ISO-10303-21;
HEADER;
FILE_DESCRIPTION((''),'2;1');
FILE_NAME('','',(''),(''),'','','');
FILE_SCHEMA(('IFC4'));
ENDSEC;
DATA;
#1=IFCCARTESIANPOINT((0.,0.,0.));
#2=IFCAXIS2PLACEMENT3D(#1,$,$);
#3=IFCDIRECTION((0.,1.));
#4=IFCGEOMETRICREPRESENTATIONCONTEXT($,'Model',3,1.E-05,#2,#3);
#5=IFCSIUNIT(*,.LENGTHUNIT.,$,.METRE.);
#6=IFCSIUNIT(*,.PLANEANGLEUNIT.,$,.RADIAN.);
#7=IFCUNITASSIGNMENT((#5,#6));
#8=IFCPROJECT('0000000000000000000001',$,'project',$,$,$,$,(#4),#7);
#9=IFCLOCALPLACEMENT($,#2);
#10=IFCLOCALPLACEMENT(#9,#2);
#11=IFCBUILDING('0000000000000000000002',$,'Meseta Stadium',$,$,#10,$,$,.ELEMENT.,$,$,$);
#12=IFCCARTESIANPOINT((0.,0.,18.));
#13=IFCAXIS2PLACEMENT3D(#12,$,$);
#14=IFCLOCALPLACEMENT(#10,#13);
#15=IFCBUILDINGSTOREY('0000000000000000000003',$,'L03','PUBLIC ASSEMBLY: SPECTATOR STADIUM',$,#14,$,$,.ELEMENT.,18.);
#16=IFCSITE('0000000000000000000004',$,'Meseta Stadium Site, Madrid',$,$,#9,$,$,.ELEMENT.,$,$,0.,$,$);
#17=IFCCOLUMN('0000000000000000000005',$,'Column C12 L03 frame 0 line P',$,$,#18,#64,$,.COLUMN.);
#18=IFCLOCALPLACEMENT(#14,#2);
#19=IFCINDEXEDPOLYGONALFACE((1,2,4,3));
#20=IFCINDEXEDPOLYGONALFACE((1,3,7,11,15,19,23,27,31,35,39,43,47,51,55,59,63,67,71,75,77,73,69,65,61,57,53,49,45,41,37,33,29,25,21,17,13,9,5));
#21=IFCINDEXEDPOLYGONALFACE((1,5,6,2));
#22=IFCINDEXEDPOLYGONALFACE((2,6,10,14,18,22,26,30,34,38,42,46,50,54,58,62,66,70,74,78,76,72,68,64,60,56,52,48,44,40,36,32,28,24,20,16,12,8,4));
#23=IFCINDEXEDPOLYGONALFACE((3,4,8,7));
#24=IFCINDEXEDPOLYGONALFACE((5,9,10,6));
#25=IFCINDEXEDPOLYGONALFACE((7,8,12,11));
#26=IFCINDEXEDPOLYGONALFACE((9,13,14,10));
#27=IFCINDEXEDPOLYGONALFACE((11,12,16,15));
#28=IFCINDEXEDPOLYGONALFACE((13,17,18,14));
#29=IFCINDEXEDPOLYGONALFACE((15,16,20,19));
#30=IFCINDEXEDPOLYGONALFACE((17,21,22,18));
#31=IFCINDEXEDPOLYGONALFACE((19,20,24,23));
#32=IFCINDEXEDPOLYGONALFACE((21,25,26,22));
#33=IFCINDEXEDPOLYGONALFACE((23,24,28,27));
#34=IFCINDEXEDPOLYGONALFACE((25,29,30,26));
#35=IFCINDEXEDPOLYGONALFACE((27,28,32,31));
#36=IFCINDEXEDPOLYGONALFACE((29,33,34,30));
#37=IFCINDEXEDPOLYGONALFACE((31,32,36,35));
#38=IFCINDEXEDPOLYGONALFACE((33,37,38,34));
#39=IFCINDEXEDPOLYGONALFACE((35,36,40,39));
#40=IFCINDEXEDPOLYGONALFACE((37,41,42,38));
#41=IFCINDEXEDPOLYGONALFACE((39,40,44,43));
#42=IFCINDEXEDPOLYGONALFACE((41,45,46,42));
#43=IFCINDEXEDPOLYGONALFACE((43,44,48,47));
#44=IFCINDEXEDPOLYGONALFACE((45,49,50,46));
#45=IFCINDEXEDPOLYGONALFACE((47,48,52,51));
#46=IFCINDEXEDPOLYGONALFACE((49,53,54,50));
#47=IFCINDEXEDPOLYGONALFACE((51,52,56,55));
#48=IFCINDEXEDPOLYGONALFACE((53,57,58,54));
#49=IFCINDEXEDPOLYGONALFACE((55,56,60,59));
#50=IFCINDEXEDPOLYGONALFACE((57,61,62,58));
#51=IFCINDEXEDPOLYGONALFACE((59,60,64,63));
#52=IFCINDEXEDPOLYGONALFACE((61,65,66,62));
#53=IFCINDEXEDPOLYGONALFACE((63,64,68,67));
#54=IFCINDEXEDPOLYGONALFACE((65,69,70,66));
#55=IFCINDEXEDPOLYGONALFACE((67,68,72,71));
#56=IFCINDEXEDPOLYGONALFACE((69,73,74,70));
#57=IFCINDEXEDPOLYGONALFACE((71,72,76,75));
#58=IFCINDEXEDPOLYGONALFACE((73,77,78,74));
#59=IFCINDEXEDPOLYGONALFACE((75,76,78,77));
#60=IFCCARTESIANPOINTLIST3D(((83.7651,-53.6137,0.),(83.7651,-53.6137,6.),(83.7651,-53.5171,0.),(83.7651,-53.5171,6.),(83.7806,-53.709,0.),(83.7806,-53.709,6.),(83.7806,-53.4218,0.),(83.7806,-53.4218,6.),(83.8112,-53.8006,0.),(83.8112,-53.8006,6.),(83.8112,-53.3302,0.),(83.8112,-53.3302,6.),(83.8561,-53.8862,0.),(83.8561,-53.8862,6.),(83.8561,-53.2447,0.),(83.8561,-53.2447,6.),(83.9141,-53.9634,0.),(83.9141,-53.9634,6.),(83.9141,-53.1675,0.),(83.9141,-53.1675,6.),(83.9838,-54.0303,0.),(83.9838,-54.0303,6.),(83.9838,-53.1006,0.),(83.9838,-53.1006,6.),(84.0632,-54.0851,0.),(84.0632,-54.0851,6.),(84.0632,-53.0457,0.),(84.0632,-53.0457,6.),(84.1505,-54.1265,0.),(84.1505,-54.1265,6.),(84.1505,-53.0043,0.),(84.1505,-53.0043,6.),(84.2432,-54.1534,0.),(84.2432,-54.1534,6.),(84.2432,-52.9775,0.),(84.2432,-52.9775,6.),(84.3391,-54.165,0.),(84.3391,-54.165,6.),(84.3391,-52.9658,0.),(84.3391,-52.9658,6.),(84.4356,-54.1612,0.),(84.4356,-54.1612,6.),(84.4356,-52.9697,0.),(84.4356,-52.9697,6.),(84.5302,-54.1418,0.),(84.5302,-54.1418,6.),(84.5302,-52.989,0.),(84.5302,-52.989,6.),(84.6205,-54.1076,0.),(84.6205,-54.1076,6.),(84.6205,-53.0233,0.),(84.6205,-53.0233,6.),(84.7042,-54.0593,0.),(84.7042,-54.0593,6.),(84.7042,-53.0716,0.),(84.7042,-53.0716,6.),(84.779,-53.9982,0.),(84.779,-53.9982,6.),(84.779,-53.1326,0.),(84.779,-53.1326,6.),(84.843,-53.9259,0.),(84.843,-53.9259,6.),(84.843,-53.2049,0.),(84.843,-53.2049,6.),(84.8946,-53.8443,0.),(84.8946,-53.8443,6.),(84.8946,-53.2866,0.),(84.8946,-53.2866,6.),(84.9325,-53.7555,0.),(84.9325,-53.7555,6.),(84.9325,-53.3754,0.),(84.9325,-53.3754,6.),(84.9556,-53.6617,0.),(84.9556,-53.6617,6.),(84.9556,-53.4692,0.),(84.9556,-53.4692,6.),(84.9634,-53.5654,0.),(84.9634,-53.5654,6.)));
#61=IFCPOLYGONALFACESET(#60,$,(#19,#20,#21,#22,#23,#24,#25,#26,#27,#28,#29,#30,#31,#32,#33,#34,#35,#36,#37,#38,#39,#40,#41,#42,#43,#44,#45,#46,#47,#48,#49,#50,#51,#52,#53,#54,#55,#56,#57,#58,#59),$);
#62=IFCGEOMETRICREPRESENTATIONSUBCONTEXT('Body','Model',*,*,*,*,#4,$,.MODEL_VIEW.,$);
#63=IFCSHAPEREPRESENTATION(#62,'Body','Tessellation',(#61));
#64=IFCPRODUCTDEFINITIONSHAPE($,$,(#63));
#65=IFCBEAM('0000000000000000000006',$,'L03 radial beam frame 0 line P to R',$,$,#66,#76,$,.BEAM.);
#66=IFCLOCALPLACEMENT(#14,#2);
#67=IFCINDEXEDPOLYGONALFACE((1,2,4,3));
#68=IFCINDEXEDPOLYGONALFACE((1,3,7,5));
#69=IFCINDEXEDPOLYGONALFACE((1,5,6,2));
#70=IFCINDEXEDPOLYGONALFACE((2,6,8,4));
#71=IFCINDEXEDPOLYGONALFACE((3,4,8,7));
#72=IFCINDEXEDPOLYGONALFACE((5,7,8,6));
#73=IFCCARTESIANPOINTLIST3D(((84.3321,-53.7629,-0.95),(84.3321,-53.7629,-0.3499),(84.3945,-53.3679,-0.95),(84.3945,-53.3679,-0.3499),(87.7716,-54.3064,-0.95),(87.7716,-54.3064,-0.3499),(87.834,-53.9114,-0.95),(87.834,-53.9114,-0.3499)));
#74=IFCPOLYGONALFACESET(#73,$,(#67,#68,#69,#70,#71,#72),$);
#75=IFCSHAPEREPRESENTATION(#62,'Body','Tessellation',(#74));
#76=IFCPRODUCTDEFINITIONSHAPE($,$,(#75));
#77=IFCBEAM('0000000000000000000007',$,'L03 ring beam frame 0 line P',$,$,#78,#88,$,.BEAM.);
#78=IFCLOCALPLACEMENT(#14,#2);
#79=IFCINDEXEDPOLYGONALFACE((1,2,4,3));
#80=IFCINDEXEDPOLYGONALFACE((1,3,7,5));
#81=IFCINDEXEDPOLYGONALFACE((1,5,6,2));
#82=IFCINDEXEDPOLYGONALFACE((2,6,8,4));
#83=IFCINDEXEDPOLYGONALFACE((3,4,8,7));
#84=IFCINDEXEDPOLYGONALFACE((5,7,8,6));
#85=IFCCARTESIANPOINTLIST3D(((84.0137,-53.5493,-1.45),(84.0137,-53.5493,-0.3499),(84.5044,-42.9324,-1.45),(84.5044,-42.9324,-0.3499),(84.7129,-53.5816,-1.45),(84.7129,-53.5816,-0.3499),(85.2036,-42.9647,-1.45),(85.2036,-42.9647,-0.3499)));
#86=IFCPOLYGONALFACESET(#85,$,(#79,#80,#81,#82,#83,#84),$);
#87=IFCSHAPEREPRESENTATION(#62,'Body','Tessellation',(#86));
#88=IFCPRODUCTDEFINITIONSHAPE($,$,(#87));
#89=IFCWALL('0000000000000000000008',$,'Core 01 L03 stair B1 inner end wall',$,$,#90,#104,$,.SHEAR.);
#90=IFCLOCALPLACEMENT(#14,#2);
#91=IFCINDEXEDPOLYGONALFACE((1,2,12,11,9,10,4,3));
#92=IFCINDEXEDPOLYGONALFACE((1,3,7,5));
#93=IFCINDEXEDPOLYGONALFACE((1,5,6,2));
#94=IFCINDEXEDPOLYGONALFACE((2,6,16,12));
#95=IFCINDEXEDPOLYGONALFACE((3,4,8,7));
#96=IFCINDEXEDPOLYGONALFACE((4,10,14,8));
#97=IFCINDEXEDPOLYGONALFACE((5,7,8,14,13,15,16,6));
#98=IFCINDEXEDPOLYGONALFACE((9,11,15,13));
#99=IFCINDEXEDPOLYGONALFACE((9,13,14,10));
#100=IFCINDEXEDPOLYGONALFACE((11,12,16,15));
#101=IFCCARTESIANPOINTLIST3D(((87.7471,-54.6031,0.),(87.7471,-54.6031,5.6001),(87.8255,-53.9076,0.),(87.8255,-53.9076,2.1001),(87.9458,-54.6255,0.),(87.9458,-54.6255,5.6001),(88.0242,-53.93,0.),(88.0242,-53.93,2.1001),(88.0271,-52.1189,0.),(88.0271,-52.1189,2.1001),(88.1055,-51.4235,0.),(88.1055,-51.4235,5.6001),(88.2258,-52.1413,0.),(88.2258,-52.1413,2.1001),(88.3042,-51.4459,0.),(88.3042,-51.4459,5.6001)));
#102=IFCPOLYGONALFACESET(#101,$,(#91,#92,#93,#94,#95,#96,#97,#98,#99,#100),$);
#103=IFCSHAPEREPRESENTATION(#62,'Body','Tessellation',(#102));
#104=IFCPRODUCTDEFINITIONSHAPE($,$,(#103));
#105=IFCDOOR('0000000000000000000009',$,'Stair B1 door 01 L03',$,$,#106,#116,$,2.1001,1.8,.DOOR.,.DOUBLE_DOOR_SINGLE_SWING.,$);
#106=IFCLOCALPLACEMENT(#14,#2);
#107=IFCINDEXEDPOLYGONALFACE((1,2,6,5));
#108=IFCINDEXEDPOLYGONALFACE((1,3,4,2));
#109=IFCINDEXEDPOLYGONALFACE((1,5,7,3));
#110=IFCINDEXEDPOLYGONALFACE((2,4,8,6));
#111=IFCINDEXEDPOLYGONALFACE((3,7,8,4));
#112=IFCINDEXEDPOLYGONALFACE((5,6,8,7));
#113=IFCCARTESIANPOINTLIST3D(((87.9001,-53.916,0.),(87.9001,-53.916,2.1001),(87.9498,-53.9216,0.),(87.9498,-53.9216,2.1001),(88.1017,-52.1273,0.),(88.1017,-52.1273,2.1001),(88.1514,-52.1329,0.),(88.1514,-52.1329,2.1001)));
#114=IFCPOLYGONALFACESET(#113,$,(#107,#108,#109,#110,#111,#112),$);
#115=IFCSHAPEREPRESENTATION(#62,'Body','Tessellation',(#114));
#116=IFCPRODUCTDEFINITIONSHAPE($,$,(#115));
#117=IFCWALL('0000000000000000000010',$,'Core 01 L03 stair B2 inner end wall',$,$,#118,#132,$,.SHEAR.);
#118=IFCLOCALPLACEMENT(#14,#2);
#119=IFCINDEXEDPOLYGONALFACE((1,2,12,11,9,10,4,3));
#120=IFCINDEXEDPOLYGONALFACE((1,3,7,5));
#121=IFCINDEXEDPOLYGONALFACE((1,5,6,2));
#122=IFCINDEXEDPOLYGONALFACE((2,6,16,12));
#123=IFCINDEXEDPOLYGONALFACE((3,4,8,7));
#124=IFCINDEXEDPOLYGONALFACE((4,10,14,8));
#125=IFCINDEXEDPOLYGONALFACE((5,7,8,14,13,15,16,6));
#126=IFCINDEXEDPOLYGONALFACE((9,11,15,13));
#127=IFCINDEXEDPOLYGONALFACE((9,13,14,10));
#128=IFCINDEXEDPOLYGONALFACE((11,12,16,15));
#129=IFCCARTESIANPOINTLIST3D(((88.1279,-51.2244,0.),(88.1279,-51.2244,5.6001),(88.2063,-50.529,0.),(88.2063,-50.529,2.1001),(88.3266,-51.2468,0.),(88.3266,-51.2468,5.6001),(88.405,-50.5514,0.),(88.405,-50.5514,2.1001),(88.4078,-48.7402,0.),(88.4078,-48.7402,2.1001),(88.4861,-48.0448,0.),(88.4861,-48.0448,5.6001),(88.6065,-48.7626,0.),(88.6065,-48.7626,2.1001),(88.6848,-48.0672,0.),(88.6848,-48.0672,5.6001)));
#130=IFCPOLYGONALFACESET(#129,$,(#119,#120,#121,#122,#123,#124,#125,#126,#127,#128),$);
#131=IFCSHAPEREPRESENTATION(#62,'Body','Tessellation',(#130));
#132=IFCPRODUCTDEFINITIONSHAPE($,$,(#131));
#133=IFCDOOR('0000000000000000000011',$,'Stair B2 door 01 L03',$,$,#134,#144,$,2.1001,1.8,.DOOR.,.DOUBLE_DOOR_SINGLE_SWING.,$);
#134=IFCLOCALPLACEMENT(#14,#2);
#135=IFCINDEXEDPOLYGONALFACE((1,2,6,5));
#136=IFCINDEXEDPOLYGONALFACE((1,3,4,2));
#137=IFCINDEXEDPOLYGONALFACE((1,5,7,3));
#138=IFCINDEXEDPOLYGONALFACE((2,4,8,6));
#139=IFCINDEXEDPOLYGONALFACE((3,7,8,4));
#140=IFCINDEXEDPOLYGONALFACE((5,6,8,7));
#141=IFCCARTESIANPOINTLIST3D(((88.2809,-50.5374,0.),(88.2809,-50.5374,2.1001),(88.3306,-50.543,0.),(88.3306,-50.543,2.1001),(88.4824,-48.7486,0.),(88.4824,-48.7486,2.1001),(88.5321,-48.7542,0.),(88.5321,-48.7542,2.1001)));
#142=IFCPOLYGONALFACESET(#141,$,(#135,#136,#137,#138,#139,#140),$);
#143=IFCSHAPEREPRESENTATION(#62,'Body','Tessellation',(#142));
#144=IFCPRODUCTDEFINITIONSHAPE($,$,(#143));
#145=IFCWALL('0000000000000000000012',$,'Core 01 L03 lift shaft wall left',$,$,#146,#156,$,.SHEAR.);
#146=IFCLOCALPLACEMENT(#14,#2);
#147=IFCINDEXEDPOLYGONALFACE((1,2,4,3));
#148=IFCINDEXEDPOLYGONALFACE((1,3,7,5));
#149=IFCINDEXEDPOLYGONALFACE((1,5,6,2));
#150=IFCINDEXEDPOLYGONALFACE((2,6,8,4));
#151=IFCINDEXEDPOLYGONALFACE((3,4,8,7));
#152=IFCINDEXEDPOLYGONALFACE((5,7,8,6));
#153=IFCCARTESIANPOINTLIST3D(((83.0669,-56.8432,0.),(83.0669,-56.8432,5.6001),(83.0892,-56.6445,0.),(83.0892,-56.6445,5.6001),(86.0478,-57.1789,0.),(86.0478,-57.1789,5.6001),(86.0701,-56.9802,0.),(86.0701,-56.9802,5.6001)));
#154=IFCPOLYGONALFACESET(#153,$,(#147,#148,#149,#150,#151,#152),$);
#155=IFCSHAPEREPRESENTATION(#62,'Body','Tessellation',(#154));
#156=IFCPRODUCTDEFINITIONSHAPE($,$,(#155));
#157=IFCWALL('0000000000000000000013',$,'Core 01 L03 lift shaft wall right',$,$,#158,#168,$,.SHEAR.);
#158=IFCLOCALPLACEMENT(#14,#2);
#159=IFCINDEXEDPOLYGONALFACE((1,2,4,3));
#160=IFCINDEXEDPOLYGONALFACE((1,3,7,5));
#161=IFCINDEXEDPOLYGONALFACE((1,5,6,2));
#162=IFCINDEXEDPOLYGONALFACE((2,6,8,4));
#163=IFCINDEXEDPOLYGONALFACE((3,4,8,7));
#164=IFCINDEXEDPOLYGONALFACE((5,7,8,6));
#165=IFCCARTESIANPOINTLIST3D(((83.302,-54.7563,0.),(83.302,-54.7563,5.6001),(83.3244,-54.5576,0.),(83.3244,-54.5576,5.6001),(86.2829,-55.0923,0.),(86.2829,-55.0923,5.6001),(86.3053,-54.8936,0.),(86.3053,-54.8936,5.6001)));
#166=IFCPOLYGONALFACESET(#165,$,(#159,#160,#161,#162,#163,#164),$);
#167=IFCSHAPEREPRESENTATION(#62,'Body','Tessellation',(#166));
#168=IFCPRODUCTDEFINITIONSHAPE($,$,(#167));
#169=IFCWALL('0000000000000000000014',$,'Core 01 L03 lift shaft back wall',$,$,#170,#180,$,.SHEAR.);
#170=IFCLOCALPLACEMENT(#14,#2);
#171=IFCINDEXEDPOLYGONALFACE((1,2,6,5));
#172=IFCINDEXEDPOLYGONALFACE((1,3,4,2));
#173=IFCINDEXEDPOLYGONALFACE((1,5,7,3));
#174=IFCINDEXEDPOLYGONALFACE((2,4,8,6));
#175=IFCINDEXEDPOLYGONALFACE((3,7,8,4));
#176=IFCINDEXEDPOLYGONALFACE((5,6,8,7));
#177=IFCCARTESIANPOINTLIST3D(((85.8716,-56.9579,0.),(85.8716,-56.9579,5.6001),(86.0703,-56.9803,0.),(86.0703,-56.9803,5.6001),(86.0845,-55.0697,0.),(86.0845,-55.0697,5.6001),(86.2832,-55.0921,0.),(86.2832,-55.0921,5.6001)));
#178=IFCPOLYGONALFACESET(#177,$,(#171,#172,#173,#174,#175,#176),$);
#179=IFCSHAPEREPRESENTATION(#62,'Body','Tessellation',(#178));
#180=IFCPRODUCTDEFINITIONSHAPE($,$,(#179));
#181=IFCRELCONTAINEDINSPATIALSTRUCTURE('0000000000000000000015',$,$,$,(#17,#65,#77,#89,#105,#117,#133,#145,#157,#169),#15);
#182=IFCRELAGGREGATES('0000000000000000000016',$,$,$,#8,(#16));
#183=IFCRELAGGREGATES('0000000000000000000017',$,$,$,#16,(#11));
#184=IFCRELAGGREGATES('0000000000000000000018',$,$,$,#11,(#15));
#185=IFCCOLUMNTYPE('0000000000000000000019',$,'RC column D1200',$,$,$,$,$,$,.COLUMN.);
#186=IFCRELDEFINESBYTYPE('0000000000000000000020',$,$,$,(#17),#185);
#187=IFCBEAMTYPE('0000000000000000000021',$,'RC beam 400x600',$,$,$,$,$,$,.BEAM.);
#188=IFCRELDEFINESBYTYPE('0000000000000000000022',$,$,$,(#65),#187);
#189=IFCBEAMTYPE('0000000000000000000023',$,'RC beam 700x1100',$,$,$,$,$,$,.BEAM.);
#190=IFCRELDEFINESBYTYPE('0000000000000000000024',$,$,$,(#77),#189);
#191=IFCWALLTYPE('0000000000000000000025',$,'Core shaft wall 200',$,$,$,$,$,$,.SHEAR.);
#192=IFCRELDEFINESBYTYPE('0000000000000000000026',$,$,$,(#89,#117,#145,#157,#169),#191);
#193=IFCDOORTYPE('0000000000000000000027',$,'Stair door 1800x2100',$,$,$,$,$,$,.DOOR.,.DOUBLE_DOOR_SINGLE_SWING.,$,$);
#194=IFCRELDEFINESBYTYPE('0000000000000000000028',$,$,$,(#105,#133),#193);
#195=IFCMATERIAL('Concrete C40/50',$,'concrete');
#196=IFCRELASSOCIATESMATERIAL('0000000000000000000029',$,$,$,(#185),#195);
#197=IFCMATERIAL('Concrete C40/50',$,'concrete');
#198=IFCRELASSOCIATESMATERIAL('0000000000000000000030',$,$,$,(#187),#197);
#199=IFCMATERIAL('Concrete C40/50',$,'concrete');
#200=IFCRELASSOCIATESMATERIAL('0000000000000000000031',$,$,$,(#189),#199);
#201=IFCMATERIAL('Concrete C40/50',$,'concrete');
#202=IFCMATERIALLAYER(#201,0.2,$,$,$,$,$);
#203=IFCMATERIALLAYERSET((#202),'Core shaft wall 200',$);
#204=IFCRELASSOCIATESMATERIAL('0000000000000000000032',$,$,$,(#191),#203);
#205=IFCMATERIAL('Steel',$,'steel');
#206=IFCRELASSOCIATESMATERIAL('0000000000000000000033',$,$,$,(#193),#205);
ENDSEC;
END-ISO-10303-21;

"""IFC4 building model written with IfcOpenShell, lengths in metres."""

from ifc_helpers import new_model, si_unit, direction, frame, frame_2d, origin, origin_2d, place, context, subcontext, project, spatial, rectangle, circle, extrude, material, layer, layer_set, material_profile, profile_set, type_object, element, fill, save


model = new_model("IFC4")

# Units and contexts
model_context = context("Model", 3, precision=1e-05, world=origin(), true_north=direction((0.0, 1.0)))
body_context = subcontext(model_context, "Body", "Model", "MODEL_VIEW")
ifc_project = project(units=[si_unit("LENGTHUNIT", "METRE"), si_unit("PLANEANGLEUNIT", "RADIAN")], contexts=[model_context])

# Site, building, storey
site_placement = place(None, origin())
site = spatial("IfcSite", under=ifc_project, at=site_placement, Name="Meseta Stadium Site, Madrid", CompositionType="ELEMENT", RefElevation=0.0)
building_placement = place(site_placement, origin())
building = spatial("IfcBuilding", under=site, at=building_placement, Name="Meseta Stadium", CompositionType="ELEMENT")
storey_placement = place(building_placement, frame((0.0, 0.0, 18.0)))
storey = spatial("IfcBuildingStorey", under=building, at=storey_placement, Name="L03", Description="PUBLIC ASSEMBLY: SPECTATOR STADIUM", CompositionType="ELEMENT", Elevation=18.0)

# Column
ifc_material_1 = material(Name="Concrete C40/50", Category="concrete")
ifc_material_profile_1 = material_profile(ifc_material_1, circle(Radius=0.6001, at=origin_2d()), Name="RC D1200")
ifc_profile_set_1 = profile_set([ifc_material_profile_1], Name="Concrete C40/50")
column_type = type_object("IfcColumnType", Name="RC column D1200", PredefinedType="COLUMN", material=ifc_profile_set_1)
column_placement = place(storey_placement, frame((84.3633, -53.5654, 0.0), z_axis=(0.0, 0.0, 1.0), x_axis=(1.0, 0.0, 0.0)))
element("IfcColumn", 1, at=column_placement, inside=storey, type_object=column_type, Name="Column C12 L03 frame 0 line P", PredefinedType="COLUMN", context=body_context, shape_type="SweptSolid", body=[
    extrude(circle(Radius=0.6001, at=origin_2d()), origin(), (0.0, 0.0, 1.0), 6.0),
])

# Beams
ifc_material_2 = material(Name="Concrete C40/50", Category="concrete")
ifc_material_profile_2 = material_profile(ifc_material_2, rectangle(XDim=0.3999, YDim=0.6001, at=origin_2d()), Name="RC 400x600")
ifc_profile_set_2 = profile_set([ifc_material_profile_2], Name="Concrete C40/50")
beam_type_1 = type_object("IfcBeamType", Name="RC beam 400x600", PredefinedType="BEAM", material=ifc_profile_set_2)
beam_1_placement = place(storey_placement, frame((84.3633, -53.5654, -0.6499), z_axis=(0.987746, -0.156071, 0.0), x_axis=(0.156071, 0.987746, 0.0)))
element("IfcBeam", 2, at=beam_1_placement, inside=storey, type_object=beam_type_1, Name="L03 radial beam frame 0 line P to R", PredefinedType="BEAM", context=body_context, shape_type="SweptSolid", body=[
    extrude(rectangle(XDim=0.3999, YDim=0.6001, at=origin_2d()), origin(), (0.0, 0.0, 1.0), 3.4822),
])
ifc_material_3 = material(Name="Concrete C40/50", Category="concrete")
ifc_material_profile_3 = material_profile(ifc_material_3, rectangle(XDim=0.7, YDim=1.1001, at=origin_2d()), Name="RC 700x1100")
ifc_profile_set_3 = profile_set([ifc_material_profile_3], Name="Concrete C40/50")
beam_type_2 = type_object("IfcBeamType", Name="RC beam 700x1100", PredefinedType="BEAM", material=ifc_profile_set_3)
beam_2_placement = place(storey_placement, frame((84.3633, -53.5654, -0.8999), z_axis=(0.046171, 0.998934, 0.0), x_axis=(-0.998934, 0.046171, 0.0)))
element("IfcBeam", 3, at=beam_2_placement, inside=storey, type_object=beam_type_2, Name="L03 ring beam frame 0 line P", PredefinedType="BEAM", context=body_context, shape_type="SweptSolid", body=[
    extrude(rectangle(XDim=0.7, YDim=1.1001, at=origin_2d()), origin(), (0.0, 0.0, 1.0), 10.6282),
])

# Walls, openings, doors
ifc_material_4 = material(Name="Concrete C40/50", Category="concrete")
ifc_layer_1 = layer(ifc_material_4, 0.2)
ifc_layer_set_1 = layer_set([ifc_layer_1], Name="Core shaft wall 200")
wall_type_1 = type_object("IfcWallType", Name="Core shaft wall 200", PredefinedType="SHEAR", material=ifc_layer_set_1)
wall_1_placement = place(storey_placement, frame((87.8464, -54.6143, 0.0), z_axis=(0.0, 0.0, 1.0), x_axis=(0.112006, 0.993708, 0.0)))
wall_1 = element("IfcWall", 4, at=wall_1_placement, inside=storey, type_object=wall_type_1, Name="Core 01 L03 stair B1 inner end wall", PredefinedType="SHEAR", context=body_context, shape_type="SweptSolid", body=[
    extrude(rectangle(XDim=3.1997, YDim=0.2, at=frame_2d((1.5999, 0.0))), origin(), (0.0, 0.0, 1.0), 5.6001),
])
opening_1_placement = place(wall_1_placement, frame((0.7, 0.0, 0.0)))
opening_1 = element("IfcOpeningElement", 5, at=opening_1_placement, cuts=wall_1, PredefinedType="OPENING", context=body_context, shape_type="SweptSolid", body=[
    extrude(rectangle(XDim=1.8, YDim=2.1001, at=frame_2d((0.8999, 1.05))), frame((0.0, 0.1099, 0.0), z_axis=(0.0, -1.0, 0.0), x_axis=(1.0, 0.0, 0.0)), (0.0, 0.0, 1.0), 0.22),
])
ifc_material_5 = material(Name="Steel", Category="steel")
door_type_1 = type_object("IfcDoorType", Name="Stair door 1800x2100", OperationType="DOUBLE_DOOR_SINGLE_SWING", PredefinedType="DOOR", material=ifc_material_5)
door_1_placement = place(opening_1_placement, origin())
door_1 = element("IfcDoor", 6, at=door_1_placement, inside=storey, type_object=door_type_1, Name="Stair B1 door 01 L03", OperationType="DOUBLE_DOOR_SINGLE_SWING", OverallHeight=2.1001, OverallWidth=1.8, PredefinedType="DOOR", context=body_context, shape_type="SweptSolid", body=[
    extrude(rectangle(XDim=1.8, YDim=2.1001, at=frame_2d((0.8999, 1.05))), frame((0.0, 0.0249, 0.0), z_axis=(0.0, -1.0, 0.0), x_axis=(1.0, 0.0, 0.0)), (0.0, 0.0, 1.0), 0.05),
])
fill(opening_1, door_1)
wall_2_placement = place(storey_placement, frame((88.2273, -51.2356, 0.0), z_axis=(0.0, 0.0, 1.0), x_axis=(0.11193, 0.993716, 0.0)))
wall_2 = element("IfcWall", 7, at=wall_2_placement, inside=storey, type_object=wall_type_1, Name="Core 01 L03 stair B2 inner end wall", PredefinedType="SHEAR", context=body_context, shape_type="SweptSolid", body=[
    extrude(rectangle(XDim=3.1997, YDim=0.2, at=frame_2d((1.5999, 0.0))), origin(), (0.0, 0.0, 1.0), 5.6001),
])
opening_2_placement = place(wall_2_placement, frame((0.7, 0.0, 0.0)))
opening_2 = element("IfcOpeningElement", 8, at=opening_2_placement, cuts=wall_2, PredefinedType="OPENING", context=body_context, shape_type="SweptSolid", body=[
    extrude(rectangle(XDim=1.8, YDim=2.1001, at=frame_2d((0.8999, 1.05))), frame((0.0, 0.1099, 0.0), z_axis=(0.0, -1.0, 0.0), x_axis=(1.0, 0.0, 0.0)), (0.0, 0.0, 1.0), 0.22),
])
door_2_placement = place(opening_2_placement, origin())
door_2 = element("IfcDoor", 9, at=door_2_placement, inside=storey, type_object=door_type_1, Name="Stair B2 door 01 L03", OperationType="DOUBLE_DOOR_SINGLE_SWING", OverallHeight=2.1001, OverallWidth=1.8, PredefinedType="DOOR", context=body_context, shape_type="SweptSolid", body=[
    extrude(rectangle(XDim=1.8, YDim=2.1001, at=frame_2d((0.8999, 1.05))), frame((0.0, 0.0249, 0.0), z_axis=(0.0, -1.0, 0.0), x_axis=(1.0, 0.0, 0.0)), (0.0, 0.0, 1.0), 0.05),
])
fill(opening_2, door_2)

# Walls
for number, where, z_axis, x_axis, name in (
    (10, (86.0591, -57.0796, 0.0), (0.0, 0.0, 1.0), (-0.993719, 0.111905, 0.0), "Core 01 L03 lift shaft wall left"),
    (11, (86.2942, -54.9929, 0.0), (0.0, 0.0, 1.0), (-0.99371, 0.111986, 0.0), "Core 01 L03 lift shaft wall right"),
):
    element("IfcWall", number, at=place(storey_placement, frame(where, z_axis=z_axis, x_axis=x_axis)), inside=storey, type_object=wall_type_1, Name=name, PredefinedType="SHEAR", context=body_context, shape_type="SweptSolid", body=[
        extrude(rectangle(XDim=2.9998, YDim=0.2, at=frame_2d((1.5, 0.0))), origin(), (0.0, 0.0, 1.0), 5.6001),
    ])
wall_3_placement = place(storey_placement, frame((85.9709, -56.9692, 0.0), z_axis=(0.0, 0.0, 1.0), x_axis=(0.112039, 0.993704, 0.0)))
element("IfcWall", 12, at=wall_3_placement, inside=storey, type_object=wall_type_1, Name="Core 01 L03 lift shaft back wall", PredefinedType="SHEAR", context=body_context, shape_type="SweptSolid", body=[
    extrude(rectangle(XDim=1.9001, YDim=0.2, at=frame_2d((0.9502, 0.0))), origin(), (0.0, 0.0, 1.0), 5.6001),
])

save(model, "model.ifc")
